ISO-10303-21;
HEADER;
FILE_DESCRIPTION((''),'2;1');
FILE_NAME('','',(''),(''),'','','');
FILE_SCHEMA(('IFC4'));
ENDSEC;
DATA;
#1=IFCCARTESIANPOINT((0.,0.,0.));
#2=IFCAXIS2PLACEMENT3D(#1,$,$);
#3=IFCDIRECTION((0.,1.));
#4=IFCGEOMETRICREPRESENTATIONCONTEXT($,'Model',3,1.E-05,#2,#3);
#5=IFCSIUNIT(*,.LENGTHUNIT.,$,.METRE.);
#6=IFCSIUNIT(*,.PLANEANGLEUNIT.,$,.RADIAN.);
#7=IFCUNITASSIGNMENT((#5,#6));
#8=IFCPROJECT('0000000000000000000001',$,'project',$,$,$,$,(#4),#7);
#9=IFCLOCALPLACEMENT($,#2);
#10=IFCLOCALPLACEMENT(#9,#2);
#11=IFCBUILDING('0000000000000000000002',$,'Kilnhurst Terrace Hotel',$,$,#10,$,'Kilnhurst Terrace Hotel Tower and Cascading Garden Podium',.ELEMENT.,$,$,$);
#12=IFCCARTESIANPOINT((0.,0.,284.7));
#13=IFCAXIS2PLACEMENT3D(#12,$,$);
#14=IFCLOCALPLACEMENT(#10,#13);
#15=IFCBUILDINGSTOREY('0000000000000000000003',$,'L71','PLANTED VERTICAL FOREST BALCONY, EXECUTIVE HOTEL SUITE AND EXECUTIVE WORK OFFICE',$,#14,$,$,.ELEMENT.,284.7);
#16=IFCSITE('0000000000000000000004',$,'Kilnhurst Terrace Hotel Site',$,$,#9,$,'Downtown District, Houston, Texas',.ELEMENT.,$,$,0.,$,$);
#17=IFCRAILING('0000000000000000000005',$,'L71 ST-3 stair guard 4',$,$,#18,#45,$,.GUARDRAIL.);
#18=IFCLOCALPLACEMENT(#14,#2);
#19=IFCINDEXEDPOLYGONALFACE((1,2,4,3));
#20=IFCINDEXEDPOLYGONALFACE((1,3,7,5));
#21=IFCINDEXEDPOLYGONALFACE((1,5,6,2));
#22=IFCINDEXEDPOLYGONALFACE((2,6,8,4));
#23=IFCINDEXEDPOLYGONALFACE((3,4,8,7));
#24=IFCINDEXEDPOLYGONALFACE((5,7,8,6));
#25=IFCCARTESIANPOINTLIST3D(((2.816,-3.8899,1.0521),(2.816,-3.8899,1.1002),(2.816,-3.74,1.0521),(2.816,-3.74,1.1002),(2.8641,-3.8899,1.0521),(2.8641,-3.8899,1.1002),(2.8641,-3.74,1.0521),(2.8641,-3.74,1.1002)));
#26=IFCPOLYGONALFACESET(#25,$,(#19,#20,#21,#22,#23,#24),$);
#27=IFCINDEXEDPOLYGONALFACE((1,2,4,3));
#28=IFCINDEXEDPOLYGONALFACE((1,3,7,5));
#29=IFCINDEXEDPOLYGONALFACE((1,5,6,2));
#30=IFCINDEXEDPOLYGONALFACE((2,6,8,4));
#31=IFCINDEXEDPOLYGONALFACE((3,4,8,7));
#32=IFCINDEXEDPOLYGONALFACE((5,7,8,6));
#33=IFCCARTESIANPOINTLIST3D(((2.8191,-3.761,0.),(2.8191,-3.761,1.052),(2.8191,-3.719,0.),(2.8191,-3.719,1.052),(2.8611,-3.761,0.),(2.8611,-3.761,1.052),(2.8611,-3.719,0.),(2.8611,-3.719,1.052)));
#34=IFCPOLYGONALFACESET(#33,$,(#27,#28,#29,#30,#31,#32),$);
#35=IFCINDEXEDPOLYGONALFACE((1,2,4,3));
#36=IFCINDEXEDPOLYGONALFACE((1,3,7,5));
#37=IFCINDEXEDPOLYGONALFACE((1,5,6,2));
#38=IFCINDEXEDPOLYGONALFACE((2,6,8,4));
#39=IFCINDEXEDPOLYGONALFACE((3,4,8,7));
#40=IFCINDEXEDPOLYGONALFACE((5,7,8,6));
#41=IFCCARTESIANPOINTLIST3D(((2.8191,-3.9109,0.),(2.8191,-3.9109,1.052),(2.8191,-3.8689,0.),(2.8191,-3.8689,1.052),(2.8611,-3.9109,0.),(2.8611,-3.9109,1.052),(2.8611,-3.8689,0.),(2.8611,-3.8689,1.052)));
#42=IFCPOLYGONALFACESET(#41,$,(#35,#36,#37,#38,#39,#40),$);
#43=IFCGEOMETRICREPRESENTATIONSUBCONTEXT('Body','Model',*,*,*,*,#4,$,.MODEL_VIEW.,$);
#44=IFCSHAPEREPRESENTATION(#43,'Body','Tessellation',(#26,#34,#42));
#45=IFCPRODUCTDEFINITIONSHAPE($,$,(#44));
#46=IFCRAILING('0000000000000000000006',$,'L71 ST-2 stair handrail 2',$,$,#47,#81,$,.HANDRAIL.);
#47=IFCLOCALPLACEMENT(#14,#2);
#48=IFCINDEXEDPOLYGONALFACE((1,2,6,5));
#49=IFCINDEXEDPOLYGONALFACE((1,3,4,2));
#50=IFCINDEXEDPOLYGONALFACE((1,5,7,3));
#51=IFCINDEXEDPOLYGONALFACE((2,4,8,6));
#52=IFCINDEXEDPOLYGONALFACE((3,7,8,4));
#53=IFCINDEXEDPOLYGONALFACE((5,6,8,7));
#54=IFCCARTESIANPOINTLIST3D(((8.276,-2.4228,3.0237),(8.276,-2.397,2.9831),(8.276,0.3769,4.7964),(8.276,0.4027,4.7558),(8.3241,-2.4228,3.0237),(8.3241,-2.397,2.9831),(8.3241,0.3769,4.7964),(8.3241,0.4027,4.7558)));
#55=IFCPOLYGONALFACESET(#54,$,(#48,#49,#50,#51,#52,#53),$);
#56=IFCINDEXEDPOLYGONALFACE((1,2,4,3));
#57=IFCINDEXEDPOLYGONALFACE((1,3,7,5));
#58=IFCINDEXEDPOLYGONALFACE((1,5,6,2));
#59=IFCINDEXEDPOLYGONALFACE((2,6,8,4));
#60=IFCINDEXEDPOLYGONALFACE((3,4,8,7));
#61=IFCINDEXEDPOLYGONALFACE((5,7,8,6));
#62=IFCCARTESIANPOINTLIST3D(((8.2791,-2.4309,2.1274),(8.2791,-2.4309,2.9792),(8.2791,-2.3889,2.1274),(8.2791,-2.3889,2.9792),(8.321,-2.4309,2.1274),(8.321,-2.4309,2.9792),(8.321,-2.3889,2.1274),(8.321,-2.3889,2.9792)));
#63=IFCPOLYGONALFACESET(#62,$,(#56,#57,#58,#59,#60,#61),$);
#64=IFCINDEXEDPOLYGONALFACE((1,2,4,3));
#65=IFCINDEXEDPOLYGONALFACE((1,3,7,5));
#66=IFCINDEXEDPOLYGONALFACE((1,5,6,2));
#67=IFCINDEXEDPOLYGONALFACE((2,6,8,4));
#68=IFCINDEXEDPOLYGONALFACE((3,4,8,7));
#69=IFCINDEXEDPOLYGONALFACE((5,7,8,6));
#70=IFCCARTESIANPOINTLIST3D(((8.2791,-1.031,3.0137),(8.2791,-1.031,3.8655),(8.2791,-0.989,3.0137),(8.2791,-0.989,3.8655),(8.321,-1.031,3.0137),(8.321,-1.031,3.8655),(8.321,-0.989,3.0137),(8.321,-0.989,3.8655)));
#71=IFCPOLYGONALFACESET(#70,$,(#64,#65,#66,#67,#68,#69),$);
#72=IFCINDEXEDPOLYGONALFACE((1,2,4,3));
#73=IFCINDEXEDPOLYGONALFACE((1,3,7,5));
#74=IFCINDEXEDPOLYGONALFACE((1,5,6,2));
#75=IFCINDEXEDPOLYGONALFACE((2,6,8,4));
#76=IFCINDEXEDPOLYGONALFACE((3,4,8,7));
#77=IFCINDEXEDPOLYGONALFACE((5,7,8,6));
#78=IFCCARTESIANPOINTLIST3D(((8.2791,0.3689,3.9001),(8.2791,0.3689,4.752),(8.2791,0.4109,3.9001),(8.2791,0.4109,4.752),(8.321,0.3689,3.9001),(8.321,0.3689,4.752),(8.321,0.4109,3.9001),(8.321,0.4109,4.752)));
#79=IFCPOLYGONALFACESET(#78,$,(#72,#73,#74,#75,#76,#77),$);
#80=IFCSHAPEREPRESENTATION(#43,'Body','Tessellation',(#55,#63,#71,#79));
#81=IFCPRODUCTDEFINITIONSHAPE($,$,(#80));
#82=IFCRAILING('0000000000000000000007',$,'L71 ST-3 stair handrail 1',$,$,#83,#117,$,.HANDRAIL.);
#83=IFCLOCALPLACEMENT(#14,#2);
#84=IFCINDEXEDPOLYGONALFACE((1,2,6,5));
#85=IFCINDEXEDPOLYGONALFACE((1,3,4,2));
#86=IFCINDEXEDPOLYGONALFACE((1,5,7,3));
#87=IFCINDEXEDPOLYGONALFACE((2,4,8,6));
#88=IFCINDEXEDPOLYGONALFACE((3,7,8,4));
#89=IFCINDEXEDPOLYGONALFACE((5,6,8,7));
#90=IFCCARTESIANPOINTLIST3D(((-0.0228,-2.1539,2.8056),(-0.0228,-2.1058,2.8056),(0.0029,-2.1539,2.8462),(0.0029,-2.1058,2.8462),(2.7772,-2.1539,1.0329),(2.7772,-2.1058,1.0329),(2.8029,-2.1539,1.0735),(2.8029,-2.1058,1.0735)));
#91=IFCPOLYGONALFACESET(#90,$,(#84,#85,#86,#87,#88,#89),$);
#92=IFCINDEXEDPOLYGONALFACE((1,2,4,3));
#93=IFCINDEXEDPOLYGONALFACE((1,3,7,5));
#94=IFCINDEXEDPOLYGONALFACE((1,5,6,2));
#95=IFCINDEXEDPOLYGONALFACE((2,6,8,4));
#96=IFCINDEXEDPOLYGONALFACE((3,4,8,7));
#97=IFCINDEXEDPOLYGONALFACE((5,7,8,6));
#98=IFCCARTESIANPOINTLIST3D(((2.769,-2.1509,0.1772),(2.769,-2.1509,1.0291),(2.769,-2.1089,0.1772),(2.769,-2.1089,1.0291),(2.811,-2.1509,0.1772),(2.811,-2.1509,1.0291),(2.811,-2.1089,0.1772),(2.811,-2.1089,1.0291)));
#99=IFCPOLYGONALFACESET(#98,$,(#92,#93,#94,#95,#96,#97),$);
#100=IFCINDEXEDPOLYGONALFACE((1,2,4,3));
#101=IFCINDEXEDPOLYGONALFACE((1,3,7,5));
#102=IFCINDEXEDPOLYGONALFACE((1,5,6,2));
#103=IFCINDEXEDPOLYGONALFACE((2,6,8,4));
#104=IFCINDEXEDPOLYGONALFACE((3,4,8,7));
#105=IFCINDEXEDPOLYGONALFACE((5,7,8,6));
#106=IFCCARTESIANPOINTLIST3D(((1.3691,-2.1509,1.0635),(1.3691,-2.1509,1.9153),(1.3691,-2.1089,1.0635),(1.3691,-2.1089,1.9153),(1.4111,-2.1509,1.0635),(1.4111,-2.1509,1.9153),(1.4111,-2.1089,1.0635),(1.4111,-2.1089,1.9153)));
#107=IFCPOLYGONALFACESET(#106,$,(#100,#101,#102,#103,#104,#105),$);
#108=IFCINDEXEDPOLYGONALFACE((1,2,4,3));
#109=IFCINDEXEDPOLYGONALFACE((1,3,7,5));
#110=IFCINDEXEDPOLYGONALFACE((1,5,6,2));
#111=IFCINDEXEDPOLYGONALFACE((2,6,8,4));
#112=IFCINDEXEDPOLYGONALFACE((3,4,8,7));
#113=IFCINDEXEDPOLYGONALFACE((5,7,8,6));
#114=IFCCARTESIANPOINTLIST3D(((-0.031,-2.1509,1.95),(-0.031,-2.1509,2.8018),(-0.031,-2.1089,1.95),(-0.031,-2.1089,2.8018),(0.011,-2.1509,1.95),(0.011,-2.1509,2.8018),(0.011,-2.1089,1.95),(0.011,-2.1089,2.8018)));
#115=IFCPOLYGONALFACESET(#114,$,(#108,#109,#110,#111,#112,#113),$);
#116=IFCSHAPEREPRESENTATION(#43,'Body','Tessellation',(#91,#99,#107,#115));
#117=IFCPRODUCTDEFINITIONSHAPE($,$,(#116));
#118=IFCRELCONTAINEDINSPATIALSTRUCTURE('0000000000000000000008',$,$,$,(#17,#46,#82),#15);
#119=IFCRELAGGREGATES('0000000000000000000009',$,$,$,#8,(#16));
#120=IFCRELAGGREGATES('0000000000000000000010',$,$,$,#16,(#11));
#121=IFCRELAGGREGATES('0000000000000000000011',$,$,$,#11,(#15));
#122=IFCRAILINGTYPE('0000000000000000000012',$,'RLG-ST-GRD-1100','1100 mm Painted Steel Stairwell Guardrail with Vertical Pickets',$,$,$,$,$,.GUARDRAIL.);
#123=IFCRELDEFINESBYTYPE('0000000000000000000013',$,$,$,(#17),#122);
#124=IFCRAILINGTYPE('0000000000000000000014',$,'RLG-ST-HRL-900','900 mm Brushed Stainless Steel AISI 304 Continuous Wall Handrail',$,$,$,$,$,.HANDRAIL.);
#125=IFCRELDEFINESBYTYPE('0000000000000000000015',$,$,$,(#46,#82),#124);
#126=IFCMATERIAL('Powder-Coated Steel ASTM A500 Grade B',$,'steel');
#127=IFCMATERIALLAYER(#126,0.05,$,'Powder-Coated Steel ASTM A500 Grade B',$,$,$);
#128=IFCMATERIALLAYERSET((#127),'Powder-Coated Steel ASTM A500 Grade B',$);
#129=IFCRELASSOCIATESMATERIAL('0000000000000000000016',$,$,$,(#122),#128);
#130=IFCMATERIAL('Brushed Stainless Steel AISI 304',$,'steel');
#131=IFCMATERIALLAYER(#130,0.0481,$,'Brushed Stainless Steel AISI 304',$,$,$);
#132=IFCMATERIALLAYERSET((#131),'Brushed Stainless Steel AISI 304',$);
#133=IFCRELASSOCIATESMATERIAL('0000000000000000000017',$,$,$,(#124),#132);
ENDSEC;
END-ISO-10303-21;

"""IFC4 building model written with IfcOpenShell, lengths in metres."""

from ifc_helpers import new_model, si_unit, direction, frame, origin, origin_2d, place, context, subcontext, project, spatial, rectangle, extrude, material, layer, layer_set, type_object, element, save


model = new_model("IFC4")

# Units and contexts
model_context = context("Model", 3, precision=1e-05, world=origin(), true_north=direction((0.0, 1.0)))
body_context = subcontext(model_context, "Body", "Model", "MODEL_VIEW")
ifc_project = project(units=[si_unit("LENGTHUNIT", "METRE"), si_unit("PLANEANGLEUNIT", "RADIAN")], contexts=[model_context])

# Site, building, storey
site_placement = place(None, origin())
site = spatial("IfcSite", under=ifc_project, at=site_placement, Name="Kilnhurst Terrace Hotel Site", LongName="Downtown District, Houston, Texas", CompositionType="ELEMENT", RefElevation=0.0)
building_placement = place(site_placement, origin())
building = spatial("IfcBuilding", under=site, at=building_placement, Name="Kilnhurst Terrace Hotel", LongName="Kilnhurst Terrace Hotel Tower and Cascading Garden Podium", CompositionType="ELEMENT")
storey_placement = place(building_placement, frame((0.0, 0.0, 284.7)))
storey = spatial("IfcBuildingStorey", under=building, at=storey_placement, Name="L71", Description="PLANTED VERTICAL FOREST BALCONY, EXECUTIVE HOTEL SUITE AND EXECUTIVE WORK OFFICE", CompositionType="ELEMENT", Elevation=284.7)

# Railings
ifc_material_1 = material(Name="Powder-Coated Steel ASTM A500 Grade B", Category="steel")
ifc_layer_1 = layer(ifc_material_1, 0.05, Name="Powder-Coated Steel ASTM A500 Grade B")
ifc_layer_set_1 = layer_set([ifc_layer_1], Name="Powder-Coated Steel ASTM A500 Grade B")
railing_type_1 = type_object("IfcRailingType", Name="RLG-ST-GRD-1100", Description="1100 mm Painted Steel Stairwell Guardrail with Vertical Pickets", PredefinedType="GUARDRAIL", material=ifc_layer_set_1)
railing_1_placement = place(storey_placement, frame((2.8401, -3.74, 0.0)))
element("IfcRailing", 1, at=railing_1_placement, inside=storey, type_object=railing_type_1, Name="L71 ST-3 stair guard 4", PredefinedType="GUARDRAIL", context=body_context, shape_type="SweptSolid", body=[
    extrude(rectangle(XDim=0.0481, YDim=0.0481, at=origin_2d()), frame((0.0, 0.0, 1.0762), z_axis=(0.0, -1.0, 0.0), x_axis=(1.0, 0.0, 0.0)), (0.0, 0.0, 1.0), 0.1499),
    extrude(rectangle(XDim=0.042, YDim=0.042, at=origin_2d()), origin(), (0.0, 0.0, 1.0), 1.052),
    extrude(rectangle(XDim=0.042, YDim=0.042, at=origin_2d()), frame((0.0, -0.1499, 0.0)), (0.0, 0.0, 1.0), 1.052),
])
ifc_material_2 = material(Name="Brushed Stainless Steel AISI 304", Category="steel")
ifc_layer_2 = layer(ifc_material_2, 0.0481, Name="Brushed Stainless Steel AISI 304")
ifc_layer_set_2 = layer_set([ifc_layer_2], Name="Brushed Stainless Steel AISI 304")
railing_type_2 = type_object("IfcRailingType", Name="RLG-ST-HRL-900", Description="900 mm Brushed Stainless Steel AISI 304 Continuous Wall Handrail", PredefinedType="HANDRAIL", material=ifc_layer_set_2)
railing_2_placement = place(storey_placement, frame((8.3, -2.4099, 2.1274)))
element("IfcRailing", 2, at=railing_2_placement, inside=storey, type_object=railing_type_2, Name="L71 ST-2 stair handrail 2", PredefinedType="HANDRAIL", context=body_context, shape_type="SweptSolid", body=[
    extrude(rectangle(XDim=0.0481, YDim=0.0481, at=origin_2d()), frame((0.0, 0.0, 0.876), z_axis=(0.0, 0.844888, 0.534943), x_axis=(-1.0, 0.0, 0.0)), (0.0, 0.0, 1.0), 3.3137),
    extrude(rectangle(XDim=0.042, YDim=0.042, at=origin_2d()), origin(), (0.0, 0.0, 1.0), 0.8518),
    extrude(rectangle(XDim=0.042, YDim=0.042, at=origin_2d()), frame((0.0, 1.3999, 0.8862)), (0.0, 0.0, 1.0), 0.8518),
    extrude(rectangle(XDim=0.042, YDim=0.042, at=origin_2d()), frame((0.0, 2.7998, 1.7727)), (0.0, 0.0, 1.0), 0.8518),
])
railing_3_placement = place(storey_placement, frame((2.79, -2.1299, 0.1772)))
element("IfcRailing", 3, at=railing_3_placement, inside=storey, type_object=railing_type_2, Name="L71 ST-3 stair handrail 1", PredefinedType="HANDRAIL", context=body_context, shape_type="SweptSolid", body=[
    extrude(rectangle(XDim=0.0481, YDim=0.0481, at=origin_2d()), frame((0.0, 0.0, 0.876), z_axis=(-0.844909, 0.0, 0.53491), x_axis=(0.0, -1.0, 0.0)), (0.0, 0.0, 1.0), 3.314),
    extrude(rectangle(XDim=0.042, YDim=0.042, at=origin_2d()), origin(), (0.0, 0.0, 1.0), 0.8518),
    extrude(rectangle(XDim=0.042, YDim=0.042, at=origin_2d()), frame((-1.3999, 0.0, 0.8862)), (0.0, 0.0, 1.0), 0.8518),
    extrude(rectangle(XDim=0.042, YDim=0.042, at=origin_2d()), frame((-2.8, 0.0, 1.7727)), (0.0, 0.0, 1.0), 0.8518),
])

save(model, "model.ifc")
